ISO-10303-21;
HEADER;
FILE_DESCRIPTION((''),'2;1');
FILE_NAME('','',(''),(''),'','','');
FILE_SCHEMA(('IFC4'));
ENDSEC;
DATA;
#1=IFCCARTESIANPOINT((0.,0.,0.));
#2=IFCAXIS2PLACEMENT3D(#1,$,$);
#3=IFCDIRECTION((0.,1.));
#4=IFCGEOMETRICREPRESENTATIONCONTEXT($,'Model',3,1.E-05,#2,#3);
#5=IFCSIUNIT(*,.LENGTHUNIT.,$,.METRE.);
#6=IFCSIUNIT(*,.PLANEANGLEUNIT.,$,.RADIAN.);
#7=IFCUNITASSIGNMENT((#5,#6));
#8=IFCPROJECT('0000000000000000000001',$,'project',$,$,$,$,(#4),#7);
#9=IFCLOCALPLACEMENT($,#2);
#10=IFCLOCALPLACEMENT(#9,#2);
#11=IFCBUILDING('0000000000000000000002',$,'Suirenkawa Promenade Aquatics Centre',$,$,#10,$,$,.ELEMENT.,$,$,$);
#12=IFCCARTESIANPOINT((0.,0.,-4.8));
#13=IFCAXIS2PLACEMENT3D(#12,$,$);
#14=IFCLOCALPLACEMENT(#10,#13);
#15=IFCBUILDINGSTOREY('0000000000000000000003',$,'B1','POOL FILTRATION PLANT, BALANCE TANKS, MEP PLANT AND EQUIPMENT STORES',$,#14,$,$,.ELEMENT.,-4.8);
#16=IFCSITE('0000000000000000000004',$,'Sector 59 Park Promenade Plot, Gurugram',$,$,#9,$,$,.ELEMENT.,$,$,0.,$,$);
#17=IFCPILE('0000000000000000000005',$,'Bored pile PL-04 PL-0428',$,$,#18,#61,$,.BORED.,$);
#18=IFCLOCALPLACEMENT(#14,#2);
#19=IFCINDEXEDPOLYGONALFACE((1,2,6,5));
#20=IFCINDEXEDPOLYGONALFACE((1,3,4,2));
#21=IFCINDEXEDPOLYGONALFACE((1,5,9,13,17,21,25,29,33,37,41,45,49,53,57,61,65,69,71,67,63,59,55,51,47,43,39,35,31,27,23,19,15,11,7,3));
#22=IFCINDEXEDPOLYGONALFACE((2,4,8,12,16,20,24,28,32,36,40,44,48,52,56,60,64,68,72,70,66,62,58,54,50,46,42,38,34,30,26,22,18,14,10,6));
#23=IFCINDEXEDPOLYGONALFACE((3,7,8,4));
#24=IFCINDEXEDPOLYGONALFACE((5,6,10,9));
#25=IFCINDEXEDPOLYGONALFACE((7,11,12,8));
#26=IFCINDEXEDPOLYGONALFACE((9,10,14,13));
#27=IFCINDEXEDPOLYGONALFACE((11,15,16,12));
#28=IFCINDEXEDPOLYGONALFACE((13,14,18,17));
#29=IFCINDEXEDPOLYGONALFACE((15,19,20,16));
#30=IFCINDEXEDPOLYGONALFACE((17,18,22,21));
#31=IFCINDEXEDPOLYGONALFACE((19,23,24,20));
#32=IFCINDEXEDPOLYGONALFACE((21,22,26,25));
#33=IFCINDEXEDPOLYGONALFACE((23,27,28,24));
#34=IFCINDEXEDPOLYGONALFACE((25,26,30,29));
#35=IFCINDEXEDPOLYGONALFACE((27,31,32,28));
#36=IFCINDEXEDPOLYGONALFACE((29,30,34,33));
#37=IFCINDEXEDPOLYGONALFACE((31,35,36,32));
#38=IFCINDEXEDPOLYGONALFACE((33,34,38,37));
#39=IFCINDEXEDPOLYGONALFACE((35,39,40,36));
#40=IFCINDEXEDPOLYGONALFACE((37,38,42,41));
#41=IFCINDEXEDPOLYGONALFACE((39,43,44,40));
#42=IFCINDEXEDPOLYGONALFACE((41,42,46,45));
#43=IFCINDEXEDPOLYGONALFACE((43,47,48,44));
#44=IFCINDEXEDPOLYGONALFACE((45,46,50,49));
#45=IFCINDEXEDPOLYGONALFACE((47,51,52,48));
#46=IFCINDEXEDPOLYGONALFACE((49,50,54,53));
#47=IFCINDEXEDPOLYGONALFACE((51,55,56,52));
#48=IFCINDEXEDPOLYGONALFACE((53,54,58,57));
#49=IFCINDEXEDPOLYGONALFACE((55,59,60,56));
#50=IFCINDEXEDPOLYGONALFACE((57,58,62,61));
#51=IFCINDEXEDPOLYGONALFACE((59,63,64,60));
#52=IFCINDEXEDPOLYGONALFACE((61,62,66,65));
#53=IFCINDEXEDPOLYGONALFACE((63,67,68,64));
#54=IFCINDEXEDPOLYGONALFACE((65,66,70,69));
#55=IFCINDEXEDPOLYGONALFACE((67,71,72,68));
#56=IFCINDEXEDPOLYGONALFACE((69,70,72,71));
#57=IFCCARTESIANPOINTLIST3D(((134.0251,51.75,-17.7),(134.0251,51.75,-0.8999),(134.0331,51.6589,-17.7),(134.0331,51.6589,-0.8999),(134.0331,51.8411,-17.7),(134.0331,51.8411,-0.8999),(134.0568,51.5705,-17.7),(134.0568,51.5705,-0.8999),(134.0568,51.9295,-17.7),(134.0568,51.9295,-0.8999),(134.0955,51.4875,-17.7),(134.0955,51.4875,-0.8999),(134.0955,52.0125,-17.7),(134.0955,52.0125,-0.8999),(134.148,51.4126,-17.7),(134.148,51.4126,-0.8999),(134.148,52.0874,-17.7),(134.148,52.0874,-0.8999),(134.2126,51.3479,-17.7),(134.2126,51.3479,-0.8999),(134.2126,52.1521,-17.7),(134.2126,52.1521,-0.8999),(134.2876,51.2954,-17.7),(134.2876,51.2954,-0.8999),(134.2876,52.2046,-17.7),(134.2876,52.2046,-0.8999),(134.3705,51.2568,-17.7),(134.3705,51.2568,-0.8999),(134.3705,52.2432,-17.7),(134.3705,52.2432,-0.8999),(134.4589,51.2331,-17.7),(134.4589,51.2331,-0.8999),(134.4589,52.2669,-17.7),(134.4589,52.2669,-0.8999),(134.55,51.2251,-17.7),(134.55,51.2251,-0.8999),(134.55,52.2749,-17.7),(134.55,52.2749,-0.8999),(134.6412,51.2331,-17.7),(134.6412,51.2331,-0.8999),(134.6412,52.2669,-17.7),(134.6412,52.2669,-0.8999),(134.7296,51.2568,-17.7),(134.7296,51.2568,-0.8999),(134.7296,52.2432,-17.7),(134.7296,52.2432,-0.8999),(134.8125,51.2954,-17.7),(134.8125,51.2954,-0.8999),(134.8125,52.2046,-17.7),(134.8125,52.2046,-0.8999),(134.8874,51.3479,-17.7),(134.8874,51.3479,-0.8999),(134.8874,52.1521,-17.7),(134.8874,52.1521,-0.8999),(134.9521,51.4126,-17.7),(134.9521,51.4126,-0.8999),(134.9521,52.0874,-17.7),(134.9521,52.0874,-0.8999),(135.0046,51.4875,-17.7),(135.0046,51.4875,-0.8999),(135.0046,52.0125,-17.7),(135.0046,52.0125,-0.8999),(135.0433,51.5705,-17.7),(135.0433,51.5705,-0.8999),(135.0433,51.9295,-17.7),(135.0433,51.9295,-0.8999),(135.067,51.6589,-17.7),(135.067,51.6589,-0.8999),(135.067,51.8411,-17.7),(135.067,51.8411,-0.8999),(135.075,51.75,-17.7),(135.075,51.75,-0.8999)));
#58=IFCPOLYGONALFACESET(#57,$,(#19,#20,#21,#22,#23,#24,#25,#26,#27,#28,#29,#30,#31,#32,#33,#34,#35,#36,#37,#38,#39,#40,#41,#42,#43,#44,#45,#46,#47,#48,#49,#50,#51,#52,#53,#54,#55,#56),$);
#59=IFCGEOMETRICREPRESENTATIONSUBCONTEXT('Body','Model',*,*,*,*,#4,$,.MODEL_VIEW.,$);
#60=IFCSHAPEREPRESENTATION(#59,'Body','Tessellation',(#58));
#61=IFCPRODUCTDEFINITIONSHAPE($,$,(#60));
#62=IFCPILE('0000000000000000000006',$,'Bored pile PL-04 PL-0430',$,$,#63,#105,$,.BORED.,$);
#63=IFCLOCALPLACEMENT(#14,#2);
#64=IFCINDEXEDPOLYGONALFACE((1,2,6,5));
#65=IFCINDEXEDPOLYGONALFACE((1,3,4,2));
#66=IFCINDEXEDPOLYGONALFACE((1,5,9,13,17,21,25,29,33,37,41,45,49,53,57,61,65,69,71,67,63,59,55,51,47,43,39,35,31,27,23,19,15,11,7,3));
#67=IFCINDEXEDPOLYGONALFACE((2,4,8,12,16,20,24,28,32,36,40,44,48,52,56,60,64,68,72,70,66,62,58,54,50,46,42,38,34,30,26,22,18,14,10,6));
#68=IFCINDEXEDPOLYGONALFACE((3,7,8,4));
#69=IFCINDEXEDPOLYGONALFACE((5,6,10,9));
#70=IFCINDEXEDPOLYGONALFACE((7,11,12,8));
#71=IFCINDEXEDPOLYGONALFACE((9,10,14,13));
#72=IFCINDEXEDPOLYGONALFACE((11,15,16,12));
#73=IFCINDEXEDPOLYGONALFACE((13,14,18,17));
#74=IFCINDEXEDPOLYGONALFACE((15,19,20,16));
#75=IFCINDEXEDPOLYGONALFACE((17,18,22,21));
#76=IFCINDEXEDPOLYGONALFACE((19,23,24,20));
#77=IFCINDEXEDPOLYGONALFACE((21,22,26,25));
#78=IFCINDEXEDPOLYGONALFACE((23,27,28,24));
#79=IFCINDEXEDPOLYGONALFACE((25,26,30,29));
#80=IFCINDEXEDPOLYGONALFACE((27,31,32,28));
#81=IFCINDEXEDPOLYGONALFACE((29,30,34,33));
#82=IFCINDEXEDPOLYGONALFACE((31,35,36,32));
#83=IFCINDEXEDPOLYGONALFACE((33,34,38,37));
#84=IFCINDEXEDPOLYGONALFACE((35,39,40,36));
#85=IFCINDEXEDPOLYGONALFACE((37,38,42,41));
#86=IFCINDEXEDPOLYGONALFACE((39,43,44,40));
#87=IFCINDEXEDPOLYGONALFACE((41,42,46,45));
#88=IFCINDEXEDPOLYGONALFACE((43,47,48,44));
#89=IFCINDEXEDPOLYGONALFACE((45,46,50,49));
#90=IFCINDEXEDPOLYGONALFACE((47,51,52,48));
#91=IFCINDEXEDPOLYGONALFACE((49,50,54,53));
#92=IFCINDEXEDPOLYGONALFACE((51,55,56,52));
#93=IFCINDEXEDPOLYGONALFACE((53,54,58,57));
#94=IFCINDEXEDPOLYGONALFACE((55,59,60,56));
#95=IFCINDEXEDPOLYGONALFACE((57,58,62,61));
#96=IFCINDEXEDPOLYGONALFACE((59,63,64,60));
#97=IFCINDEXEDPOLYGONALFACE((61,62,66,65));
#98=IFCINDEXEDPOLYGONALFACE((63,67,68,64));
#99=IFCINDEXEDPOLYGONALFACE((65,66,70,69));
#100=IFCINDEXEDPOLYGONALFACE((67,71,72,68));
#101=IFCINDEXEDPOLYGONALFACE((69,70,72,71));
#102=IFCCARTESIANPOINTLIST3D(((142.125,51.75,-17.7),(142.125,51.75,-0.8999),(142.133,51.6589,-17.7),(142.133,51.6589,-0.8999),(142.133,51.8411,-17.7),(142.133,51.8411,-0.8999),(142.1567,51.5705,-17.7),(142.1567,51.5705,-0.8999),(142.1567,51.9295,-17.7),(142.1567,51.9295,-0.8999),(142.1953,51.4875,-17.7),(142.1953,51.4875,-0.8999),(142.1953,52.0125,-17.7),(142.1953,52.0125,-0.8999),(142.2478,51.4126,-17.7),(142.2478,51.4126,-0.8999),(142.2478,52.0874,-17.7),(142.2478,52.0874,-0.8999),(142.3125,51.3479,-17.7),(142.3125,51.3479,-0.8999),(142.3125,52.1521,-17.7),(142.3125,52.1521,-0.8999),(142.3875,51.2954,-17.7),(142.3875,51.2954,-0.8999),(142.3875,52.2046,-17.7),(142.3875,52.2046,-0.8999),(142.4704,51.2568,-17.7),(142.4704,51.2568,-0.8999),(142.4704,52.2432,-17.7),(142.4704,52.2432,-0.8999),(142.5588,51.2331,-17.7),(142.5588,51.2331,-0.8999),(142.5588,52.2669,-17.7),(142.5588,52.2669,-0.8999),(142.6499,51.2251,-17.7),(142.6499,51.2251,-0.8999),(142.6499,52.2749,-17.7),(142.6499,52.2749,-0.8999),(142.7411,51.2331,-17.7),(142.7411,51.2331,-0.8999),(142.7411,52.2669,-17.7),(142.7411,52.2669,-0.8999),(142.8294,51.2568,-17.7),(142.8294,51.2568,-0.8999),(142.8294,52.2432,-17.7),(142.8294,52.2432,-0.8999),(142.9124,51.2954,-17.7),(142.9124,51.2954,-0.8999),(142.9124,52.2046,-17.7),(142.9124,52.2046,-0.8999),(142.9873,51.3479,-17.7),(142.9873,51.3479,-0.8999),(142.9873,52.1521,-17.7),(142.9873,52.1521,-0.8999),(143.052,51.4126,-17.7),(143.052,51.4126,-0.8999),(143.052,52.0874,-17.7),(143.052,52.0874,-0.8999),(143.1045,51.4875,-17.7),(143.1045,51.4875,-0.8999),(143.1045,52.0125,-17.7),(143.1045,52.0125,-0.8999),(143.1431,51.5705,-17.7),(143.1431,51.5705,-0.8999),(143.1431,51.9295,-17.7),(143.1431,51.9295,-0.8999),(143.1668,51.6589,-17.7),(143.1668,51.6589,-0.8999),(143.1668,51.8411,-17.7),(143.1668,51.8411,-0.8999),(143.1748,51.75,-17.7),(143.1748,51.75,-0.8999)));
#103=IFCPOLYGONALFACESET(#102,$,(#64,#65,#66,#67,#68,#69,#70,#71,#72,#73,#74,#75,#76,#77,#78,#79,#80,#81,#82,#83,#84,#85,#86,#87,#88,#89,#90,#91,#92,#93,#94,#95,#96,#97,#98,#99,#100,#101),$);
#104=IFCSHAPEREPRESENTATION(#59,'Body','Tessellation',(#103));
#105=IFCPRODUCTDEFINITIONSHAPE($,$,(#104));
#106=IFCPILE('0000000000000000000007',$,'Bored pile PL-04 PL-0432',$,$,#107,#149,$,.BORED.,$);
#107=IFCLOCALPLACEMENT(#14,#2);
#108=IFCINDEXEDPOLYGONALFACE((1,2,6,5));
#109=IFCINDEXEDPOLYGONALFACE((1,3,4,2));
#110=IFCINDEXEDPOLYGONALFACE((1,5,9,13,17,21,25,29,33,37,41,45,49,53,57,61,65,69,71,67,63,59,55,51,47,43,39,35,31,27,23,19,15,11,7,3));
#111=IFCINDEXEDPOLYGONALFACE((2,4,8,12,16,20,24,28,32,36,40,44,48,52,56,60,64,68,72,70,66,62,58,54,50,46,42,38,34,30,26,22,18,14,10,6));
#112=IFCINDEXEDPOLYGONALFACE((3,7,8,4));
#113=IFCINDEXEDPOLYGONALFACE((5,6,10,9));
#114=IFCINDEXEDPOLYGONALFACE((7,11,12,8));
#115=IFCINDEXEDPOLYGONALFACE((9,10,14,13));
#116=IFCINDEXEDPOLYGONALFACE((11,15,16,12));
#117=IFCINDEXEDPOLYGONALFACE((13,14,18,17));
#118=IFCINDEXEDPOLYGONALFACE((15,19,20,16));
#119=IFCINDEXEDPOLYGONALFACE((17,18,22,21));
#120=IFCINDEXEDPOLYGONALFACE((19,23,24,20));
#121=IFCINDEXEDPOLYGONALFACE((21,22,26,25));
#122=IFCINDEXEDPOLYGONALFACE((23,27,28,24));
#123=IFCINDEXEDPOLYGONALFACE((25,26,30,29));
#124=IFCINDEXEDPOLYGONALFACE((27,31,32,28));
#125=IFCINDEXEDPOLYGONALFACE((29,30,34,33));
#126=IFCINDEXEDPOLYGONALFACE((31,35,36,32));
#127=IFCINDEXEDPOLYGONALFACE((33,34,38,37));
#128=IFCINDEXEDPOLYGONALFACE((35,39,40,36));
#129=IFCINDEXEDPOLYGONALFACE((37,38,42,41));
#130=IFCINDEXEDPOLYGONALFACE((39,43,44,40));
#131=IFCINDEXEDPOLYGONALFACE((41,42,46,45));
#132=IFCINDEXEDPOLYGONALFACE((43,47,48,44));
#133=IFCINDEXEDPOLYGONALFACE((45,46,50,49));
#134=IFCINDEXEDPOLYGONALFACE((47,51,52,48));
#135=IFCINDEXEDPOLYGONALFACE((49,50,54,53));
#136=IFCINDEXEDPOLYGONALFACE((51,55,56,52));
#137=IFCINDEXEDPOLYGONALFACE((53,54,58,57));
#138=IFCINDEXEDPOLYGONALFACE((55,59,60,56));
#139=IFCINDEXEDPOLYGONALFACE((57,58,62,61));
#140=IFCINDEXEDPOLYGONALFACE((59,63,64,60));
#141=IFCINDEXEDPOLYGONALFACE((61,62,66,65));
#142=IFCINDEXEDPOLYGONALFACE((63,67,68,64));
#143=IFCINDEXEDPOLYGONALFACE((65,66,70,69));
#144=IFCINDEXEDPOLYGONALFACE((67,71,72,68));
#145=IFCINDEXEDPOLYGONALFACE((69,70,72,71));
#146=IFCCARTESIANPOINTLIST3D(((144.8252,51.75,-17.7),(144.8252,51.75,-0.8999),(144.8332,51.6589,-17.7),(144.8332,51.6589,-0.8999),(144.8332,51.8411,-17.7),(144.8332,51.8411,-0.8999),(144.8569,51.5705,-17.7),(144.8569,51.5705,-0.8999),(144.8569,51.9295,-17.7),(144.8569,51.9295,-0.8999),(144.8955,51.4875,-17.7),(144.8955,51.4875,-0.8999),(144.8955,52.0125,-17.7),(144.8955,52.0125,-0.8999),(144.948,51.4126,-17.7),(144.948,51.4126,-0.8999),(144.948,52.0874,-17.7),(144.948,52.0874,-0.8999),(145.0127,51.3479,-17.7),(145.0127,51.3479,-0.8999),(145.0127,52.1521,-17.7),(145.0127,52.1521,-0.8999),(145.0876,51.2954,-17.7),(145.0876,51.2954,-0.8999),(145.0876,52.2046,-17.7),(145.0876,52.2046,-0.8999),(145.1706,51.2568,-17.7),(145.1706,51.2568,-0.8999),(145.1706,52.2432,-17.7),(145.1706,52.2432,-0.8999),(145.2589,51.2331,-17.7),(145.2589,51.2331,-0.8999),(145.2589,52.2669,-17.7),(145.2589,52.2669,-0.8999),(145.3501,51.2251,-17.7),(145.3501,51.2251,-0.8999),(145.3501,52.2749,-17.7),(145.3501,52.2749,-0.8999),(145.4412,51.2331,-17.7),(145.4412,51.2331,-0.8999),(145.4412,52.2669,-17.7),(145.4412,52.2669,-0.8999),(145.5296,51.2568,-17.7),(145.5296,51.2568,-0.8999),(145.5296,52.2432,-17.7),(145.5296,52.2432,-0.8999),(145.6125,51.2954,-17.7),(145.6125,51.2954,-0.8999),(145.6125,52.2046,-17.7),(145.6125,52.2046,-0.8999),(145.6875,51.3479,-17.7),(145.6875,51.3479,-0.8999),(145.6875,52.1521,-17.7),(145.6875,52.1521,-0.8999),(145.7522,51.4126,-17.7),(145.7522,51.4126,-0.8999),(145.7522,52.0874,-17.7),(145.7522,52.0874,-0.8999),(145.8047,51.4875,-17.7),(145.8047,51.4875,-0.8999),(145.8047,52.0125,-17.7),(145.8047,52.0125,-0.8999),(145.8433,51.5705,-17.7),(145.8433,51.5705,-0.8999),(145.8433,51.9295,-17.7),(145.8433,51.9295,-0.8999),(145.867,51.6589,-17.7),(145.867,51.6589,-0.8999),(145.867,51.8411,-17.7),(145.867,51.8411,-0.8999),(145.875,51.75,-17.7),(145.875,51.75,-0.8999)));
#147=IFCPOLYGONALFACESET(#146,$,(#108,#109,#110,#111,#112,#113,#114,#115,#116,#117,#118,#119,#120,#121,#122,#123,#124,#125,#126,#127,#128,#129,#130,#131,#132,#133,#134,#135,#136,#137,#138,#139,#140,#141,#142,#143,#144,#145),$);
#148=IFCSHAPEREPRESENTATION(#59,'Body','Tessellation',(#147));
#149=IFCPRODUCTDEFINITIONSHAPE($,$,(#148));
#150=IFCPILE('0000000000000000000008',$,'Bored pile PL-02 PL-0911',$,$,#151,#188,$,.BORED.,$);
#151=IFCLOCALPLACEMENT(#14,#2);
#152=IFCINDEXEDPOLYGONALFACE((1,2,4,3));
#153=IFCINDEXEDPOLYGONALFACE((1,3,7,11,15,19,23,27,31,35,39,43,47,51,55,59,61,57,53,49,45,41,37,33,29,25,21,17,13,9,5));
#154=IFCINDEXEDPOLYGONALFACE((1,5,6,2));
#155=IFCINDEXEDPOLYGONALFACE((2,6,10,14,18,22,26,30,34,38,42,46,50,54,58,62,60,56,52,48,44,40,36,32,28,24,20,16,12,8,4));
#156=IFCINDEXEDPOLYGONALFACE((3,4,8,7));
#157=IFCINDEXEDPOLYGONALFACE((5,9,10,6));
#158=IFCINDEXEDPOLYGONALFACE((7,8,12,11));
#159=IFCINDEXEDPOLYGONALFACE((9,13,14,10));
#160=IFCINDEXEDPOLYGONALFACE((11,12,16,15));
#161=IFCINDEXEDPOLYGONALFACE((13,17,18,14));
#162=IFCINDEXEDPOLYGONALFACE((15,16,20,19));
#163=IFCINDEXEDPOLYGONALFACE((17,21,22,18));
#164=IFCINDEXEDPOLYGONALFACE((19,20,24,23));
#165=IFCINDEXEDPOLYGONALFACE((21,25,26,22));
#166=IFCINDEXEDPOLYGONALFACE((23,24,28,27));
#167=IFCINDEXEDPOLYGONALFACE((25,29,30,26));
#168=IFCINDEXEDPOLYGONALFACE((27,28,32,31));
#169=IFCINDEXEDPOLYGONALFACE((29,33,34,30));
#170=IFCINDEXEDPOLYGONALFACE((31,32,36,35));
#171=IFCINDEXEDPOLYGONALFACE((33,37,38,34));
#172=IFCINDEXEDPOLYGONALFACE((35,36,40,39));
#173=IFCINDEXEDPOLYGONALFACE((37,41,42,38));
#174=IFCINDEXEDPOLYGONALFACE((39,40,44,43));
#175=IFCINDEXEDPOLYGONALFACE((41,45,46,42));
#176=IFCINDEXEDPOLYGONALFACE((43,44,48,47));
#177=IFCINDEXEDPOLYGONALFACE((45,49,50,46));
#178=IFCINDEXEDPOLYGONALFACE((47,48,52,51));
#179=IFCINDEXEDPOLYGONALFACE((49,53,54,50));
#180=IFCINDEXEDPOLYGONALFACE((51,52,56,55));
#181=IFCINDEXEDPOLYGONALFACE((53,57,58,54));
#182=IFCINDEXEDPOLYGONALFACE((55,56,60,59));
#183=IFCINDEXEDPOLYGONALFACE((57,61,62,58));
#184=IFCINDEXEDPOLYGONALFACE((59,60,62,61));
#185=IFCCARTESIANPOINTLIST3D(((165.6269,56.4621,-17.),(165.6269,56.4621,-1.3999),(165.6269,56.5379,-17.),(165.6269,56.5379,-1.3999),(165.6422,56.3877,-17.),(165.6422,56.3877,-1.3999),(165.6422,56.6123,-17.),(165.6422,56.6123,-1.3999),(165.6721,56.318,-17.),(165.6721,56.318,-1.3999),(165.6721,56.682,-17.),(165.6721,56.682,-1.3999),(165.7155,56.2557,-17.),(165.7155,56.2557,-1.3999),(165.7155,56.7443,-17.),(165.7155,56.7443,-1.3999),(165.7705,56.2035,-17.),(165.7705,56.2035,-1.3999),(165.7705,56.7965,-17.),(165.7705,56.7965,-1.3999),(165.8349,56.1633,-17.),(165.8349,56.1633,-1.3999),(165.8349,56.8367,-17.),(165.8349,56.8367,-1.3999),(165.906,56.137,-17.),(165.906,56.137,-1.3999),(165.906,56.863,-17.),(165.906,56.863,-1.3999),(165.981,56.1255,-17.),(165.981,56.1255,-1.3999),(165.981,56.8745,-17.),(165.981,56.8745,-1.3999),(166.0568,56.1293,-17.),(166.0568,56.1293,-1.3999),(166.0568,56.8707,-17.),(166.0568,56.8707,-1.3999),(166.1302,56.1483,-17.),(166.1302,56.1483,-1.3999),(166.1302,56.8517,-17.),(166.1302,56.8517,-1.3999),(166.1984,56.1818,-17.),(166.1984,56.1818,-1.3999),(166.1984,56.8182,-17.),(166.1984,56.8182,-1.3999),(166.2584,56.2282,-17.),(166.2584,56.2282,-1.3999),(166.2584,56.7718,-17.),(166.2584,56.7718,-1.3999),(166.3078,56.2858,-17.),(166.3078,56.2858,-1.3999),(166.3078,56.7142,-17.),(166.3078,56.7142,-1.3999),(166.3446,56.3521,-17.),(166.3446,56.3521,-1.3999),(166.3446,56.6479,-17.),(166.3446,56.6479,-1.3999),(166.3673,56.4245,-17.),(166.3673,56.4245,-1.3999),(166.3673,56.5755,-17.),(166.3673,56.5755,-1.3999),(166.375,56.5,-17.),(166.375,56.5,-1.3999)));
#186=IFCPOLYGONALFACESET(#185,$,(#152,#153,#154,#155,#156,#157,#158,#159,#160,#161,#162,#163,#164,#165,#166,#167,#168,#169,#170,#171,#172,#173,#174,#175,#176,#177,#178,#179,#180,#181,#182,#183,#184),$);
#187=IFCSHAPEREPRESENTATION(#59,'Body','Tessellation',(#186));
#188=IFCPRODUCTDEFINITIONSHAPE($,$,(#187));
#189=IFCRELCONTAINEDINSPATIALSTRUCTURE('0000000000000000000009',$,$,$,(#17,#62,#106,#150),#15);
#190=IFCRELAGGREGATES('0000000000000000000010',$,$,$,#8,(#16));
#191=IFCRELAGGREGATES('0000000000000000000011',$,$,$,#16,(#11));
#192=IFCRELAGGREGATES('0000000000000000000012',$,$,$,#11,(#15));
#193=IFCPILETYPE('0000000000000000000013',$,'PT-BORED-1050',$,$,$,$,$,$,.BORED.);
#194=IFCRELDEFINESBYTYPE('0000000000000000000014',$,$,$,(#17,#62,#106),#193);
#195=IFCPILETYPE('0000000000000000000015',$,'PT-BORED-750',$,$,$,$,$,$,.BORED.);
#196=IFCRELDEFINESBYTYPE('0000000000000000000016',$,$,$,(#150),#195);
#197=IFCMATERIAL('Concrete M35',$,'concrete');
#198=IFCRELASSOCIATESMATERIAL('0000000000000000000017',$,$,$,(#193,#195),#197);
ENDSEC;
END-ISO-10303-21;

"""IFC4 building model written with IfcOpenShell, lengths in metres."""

from ifc_helpers import new_model, si_unit, direction, frame, origin, origin_2d, place, context, subcontext, project, spatial, circle, extrude, material, material_profile, profile_set, type_object, element, save


model = new_model("IFC4")

# Units and contexts
model_context = context("Model", 3, precision=1e-05, world=origin(), true_north=direction((0.0, 1.0)))
body_context = subcontext(model_context, "Body", "Model", "MODEL_VIEW")
ifc_project = project(units=[si_unit("LENGTHUNIT", "METRE"), si_unit("PLANEANGLEUNIT", "RADIAN")], contexts=[model_context])

# Site, building, storey
site_placement = place(None, origin())
site = spatial("IfcSite", under=ifc_project, at=site_placement, Name="Sector 59 Park Promenade Plot, Gurugram", CompositionType="ELEMENT", RefElevation=0.0)
building_placement = place(site_placement, origin())
building = spatial("IfcBuilding", under=site, at=building_placement, Name="Suirenkawa Promenade Aquatics Centre", CompositionType="ELEMENT")
storey_placement = place(building_placement, frame((0.0, 0.0, -4.8)))
storey = spatial("IfcBuildingStorey", under=building, at=storey_placement, Name="B1", Description="POOL FILTRATION PLANT, BALANCE TANKS, MEP PLANT AND EQUIPMENT STORES", CompositionType="ELEMENT", Elevation=-4.8)

# Shared definitions
ifc_material_1 = material(Name="Concrete M35", Category="concrete")

# Piles
ifc_material_profile_1 = material_profile(ifc_material_1, circle(Radius=0.5249, at=origin_2d()), Name="PILE D1050", Category="concrete")
ifc_profile_set_1 = profile_set([ifc_material_profile_1], Name="Concrete M35")
pile_type_1 = type_object("IfcPileType", Name="PT-BORED-1050", PredefinedType="BORED", material=ifc_profile_set_1)
for number, where, z_axis, x_axis, name in (
    (1, (134.55, 51.75, -0.8999), (0.0, 0.0, -1.0), (1.0, 0.0, 0.0), "Bored pile PL-04 PL-0428"),
    (2, (142.6499, 51.75, -0.8999), (0.0, 0.0, -1.0), (1.0, 0.0, 0.0), "Bored pile PL-04 PL-0430"),
    (3, (145.3501, 51.75, -0.8999), (0.0, 0.0, -1.0), (1.0, 0.0, 0.0), "Bored pile PL-04 PL-0432"),
):
    element("IfcPile", number, at=place(storey_placement, frame(where, z_axis=z_axis, x_axis=x_axis)), inside=storey, type_object=pile_type_1, Name=name, PredefinedType="BORED", context=body_context, shape_type="SweptSolid", body=[
        extrude(circle(Radius=0.5249, at=origin_2d()), origin(), (0.0, 0.0, 1.0), 16.8),
    ])
ifc_material_profile_2 = material_profile(ifc_material_1, circle(Radius=0.375, at=origin_2d()), Name="PILE D750", Category="concrete")
ifc_profile_set_2 = profile_set([ifc_material_profile_2], Name="Concrete M35")
pile_type_2 = type_object("IfcPileType", Name="PT-BORED-750", PredefinedType="BORED", material=ifc_profile_set_2)
for number, where, z_axis, x_axis, name in (
    (4, (166.0, 56.5, -1.3999), (0.0, 0.0, -1.0), (1.0, 0.0, 0.0), "Bored pile PL-02 PL-0911"),
):
    element("IfcPile", number, at=place(storey_placement, frame(where, z_axis=z_axis, x_axis=x_axis)), inside=storey, type_object=pile_type_2, Name=name, PredefinedType="BORED", context=body_context, shape_type="SweptSolid", body=[
        extrude(circle(Radius=0.375, at=origin_2d()), origin(), (0.0, 0.0, 1.0), 15.6001),
    ])

save(model, "model.ifc")
